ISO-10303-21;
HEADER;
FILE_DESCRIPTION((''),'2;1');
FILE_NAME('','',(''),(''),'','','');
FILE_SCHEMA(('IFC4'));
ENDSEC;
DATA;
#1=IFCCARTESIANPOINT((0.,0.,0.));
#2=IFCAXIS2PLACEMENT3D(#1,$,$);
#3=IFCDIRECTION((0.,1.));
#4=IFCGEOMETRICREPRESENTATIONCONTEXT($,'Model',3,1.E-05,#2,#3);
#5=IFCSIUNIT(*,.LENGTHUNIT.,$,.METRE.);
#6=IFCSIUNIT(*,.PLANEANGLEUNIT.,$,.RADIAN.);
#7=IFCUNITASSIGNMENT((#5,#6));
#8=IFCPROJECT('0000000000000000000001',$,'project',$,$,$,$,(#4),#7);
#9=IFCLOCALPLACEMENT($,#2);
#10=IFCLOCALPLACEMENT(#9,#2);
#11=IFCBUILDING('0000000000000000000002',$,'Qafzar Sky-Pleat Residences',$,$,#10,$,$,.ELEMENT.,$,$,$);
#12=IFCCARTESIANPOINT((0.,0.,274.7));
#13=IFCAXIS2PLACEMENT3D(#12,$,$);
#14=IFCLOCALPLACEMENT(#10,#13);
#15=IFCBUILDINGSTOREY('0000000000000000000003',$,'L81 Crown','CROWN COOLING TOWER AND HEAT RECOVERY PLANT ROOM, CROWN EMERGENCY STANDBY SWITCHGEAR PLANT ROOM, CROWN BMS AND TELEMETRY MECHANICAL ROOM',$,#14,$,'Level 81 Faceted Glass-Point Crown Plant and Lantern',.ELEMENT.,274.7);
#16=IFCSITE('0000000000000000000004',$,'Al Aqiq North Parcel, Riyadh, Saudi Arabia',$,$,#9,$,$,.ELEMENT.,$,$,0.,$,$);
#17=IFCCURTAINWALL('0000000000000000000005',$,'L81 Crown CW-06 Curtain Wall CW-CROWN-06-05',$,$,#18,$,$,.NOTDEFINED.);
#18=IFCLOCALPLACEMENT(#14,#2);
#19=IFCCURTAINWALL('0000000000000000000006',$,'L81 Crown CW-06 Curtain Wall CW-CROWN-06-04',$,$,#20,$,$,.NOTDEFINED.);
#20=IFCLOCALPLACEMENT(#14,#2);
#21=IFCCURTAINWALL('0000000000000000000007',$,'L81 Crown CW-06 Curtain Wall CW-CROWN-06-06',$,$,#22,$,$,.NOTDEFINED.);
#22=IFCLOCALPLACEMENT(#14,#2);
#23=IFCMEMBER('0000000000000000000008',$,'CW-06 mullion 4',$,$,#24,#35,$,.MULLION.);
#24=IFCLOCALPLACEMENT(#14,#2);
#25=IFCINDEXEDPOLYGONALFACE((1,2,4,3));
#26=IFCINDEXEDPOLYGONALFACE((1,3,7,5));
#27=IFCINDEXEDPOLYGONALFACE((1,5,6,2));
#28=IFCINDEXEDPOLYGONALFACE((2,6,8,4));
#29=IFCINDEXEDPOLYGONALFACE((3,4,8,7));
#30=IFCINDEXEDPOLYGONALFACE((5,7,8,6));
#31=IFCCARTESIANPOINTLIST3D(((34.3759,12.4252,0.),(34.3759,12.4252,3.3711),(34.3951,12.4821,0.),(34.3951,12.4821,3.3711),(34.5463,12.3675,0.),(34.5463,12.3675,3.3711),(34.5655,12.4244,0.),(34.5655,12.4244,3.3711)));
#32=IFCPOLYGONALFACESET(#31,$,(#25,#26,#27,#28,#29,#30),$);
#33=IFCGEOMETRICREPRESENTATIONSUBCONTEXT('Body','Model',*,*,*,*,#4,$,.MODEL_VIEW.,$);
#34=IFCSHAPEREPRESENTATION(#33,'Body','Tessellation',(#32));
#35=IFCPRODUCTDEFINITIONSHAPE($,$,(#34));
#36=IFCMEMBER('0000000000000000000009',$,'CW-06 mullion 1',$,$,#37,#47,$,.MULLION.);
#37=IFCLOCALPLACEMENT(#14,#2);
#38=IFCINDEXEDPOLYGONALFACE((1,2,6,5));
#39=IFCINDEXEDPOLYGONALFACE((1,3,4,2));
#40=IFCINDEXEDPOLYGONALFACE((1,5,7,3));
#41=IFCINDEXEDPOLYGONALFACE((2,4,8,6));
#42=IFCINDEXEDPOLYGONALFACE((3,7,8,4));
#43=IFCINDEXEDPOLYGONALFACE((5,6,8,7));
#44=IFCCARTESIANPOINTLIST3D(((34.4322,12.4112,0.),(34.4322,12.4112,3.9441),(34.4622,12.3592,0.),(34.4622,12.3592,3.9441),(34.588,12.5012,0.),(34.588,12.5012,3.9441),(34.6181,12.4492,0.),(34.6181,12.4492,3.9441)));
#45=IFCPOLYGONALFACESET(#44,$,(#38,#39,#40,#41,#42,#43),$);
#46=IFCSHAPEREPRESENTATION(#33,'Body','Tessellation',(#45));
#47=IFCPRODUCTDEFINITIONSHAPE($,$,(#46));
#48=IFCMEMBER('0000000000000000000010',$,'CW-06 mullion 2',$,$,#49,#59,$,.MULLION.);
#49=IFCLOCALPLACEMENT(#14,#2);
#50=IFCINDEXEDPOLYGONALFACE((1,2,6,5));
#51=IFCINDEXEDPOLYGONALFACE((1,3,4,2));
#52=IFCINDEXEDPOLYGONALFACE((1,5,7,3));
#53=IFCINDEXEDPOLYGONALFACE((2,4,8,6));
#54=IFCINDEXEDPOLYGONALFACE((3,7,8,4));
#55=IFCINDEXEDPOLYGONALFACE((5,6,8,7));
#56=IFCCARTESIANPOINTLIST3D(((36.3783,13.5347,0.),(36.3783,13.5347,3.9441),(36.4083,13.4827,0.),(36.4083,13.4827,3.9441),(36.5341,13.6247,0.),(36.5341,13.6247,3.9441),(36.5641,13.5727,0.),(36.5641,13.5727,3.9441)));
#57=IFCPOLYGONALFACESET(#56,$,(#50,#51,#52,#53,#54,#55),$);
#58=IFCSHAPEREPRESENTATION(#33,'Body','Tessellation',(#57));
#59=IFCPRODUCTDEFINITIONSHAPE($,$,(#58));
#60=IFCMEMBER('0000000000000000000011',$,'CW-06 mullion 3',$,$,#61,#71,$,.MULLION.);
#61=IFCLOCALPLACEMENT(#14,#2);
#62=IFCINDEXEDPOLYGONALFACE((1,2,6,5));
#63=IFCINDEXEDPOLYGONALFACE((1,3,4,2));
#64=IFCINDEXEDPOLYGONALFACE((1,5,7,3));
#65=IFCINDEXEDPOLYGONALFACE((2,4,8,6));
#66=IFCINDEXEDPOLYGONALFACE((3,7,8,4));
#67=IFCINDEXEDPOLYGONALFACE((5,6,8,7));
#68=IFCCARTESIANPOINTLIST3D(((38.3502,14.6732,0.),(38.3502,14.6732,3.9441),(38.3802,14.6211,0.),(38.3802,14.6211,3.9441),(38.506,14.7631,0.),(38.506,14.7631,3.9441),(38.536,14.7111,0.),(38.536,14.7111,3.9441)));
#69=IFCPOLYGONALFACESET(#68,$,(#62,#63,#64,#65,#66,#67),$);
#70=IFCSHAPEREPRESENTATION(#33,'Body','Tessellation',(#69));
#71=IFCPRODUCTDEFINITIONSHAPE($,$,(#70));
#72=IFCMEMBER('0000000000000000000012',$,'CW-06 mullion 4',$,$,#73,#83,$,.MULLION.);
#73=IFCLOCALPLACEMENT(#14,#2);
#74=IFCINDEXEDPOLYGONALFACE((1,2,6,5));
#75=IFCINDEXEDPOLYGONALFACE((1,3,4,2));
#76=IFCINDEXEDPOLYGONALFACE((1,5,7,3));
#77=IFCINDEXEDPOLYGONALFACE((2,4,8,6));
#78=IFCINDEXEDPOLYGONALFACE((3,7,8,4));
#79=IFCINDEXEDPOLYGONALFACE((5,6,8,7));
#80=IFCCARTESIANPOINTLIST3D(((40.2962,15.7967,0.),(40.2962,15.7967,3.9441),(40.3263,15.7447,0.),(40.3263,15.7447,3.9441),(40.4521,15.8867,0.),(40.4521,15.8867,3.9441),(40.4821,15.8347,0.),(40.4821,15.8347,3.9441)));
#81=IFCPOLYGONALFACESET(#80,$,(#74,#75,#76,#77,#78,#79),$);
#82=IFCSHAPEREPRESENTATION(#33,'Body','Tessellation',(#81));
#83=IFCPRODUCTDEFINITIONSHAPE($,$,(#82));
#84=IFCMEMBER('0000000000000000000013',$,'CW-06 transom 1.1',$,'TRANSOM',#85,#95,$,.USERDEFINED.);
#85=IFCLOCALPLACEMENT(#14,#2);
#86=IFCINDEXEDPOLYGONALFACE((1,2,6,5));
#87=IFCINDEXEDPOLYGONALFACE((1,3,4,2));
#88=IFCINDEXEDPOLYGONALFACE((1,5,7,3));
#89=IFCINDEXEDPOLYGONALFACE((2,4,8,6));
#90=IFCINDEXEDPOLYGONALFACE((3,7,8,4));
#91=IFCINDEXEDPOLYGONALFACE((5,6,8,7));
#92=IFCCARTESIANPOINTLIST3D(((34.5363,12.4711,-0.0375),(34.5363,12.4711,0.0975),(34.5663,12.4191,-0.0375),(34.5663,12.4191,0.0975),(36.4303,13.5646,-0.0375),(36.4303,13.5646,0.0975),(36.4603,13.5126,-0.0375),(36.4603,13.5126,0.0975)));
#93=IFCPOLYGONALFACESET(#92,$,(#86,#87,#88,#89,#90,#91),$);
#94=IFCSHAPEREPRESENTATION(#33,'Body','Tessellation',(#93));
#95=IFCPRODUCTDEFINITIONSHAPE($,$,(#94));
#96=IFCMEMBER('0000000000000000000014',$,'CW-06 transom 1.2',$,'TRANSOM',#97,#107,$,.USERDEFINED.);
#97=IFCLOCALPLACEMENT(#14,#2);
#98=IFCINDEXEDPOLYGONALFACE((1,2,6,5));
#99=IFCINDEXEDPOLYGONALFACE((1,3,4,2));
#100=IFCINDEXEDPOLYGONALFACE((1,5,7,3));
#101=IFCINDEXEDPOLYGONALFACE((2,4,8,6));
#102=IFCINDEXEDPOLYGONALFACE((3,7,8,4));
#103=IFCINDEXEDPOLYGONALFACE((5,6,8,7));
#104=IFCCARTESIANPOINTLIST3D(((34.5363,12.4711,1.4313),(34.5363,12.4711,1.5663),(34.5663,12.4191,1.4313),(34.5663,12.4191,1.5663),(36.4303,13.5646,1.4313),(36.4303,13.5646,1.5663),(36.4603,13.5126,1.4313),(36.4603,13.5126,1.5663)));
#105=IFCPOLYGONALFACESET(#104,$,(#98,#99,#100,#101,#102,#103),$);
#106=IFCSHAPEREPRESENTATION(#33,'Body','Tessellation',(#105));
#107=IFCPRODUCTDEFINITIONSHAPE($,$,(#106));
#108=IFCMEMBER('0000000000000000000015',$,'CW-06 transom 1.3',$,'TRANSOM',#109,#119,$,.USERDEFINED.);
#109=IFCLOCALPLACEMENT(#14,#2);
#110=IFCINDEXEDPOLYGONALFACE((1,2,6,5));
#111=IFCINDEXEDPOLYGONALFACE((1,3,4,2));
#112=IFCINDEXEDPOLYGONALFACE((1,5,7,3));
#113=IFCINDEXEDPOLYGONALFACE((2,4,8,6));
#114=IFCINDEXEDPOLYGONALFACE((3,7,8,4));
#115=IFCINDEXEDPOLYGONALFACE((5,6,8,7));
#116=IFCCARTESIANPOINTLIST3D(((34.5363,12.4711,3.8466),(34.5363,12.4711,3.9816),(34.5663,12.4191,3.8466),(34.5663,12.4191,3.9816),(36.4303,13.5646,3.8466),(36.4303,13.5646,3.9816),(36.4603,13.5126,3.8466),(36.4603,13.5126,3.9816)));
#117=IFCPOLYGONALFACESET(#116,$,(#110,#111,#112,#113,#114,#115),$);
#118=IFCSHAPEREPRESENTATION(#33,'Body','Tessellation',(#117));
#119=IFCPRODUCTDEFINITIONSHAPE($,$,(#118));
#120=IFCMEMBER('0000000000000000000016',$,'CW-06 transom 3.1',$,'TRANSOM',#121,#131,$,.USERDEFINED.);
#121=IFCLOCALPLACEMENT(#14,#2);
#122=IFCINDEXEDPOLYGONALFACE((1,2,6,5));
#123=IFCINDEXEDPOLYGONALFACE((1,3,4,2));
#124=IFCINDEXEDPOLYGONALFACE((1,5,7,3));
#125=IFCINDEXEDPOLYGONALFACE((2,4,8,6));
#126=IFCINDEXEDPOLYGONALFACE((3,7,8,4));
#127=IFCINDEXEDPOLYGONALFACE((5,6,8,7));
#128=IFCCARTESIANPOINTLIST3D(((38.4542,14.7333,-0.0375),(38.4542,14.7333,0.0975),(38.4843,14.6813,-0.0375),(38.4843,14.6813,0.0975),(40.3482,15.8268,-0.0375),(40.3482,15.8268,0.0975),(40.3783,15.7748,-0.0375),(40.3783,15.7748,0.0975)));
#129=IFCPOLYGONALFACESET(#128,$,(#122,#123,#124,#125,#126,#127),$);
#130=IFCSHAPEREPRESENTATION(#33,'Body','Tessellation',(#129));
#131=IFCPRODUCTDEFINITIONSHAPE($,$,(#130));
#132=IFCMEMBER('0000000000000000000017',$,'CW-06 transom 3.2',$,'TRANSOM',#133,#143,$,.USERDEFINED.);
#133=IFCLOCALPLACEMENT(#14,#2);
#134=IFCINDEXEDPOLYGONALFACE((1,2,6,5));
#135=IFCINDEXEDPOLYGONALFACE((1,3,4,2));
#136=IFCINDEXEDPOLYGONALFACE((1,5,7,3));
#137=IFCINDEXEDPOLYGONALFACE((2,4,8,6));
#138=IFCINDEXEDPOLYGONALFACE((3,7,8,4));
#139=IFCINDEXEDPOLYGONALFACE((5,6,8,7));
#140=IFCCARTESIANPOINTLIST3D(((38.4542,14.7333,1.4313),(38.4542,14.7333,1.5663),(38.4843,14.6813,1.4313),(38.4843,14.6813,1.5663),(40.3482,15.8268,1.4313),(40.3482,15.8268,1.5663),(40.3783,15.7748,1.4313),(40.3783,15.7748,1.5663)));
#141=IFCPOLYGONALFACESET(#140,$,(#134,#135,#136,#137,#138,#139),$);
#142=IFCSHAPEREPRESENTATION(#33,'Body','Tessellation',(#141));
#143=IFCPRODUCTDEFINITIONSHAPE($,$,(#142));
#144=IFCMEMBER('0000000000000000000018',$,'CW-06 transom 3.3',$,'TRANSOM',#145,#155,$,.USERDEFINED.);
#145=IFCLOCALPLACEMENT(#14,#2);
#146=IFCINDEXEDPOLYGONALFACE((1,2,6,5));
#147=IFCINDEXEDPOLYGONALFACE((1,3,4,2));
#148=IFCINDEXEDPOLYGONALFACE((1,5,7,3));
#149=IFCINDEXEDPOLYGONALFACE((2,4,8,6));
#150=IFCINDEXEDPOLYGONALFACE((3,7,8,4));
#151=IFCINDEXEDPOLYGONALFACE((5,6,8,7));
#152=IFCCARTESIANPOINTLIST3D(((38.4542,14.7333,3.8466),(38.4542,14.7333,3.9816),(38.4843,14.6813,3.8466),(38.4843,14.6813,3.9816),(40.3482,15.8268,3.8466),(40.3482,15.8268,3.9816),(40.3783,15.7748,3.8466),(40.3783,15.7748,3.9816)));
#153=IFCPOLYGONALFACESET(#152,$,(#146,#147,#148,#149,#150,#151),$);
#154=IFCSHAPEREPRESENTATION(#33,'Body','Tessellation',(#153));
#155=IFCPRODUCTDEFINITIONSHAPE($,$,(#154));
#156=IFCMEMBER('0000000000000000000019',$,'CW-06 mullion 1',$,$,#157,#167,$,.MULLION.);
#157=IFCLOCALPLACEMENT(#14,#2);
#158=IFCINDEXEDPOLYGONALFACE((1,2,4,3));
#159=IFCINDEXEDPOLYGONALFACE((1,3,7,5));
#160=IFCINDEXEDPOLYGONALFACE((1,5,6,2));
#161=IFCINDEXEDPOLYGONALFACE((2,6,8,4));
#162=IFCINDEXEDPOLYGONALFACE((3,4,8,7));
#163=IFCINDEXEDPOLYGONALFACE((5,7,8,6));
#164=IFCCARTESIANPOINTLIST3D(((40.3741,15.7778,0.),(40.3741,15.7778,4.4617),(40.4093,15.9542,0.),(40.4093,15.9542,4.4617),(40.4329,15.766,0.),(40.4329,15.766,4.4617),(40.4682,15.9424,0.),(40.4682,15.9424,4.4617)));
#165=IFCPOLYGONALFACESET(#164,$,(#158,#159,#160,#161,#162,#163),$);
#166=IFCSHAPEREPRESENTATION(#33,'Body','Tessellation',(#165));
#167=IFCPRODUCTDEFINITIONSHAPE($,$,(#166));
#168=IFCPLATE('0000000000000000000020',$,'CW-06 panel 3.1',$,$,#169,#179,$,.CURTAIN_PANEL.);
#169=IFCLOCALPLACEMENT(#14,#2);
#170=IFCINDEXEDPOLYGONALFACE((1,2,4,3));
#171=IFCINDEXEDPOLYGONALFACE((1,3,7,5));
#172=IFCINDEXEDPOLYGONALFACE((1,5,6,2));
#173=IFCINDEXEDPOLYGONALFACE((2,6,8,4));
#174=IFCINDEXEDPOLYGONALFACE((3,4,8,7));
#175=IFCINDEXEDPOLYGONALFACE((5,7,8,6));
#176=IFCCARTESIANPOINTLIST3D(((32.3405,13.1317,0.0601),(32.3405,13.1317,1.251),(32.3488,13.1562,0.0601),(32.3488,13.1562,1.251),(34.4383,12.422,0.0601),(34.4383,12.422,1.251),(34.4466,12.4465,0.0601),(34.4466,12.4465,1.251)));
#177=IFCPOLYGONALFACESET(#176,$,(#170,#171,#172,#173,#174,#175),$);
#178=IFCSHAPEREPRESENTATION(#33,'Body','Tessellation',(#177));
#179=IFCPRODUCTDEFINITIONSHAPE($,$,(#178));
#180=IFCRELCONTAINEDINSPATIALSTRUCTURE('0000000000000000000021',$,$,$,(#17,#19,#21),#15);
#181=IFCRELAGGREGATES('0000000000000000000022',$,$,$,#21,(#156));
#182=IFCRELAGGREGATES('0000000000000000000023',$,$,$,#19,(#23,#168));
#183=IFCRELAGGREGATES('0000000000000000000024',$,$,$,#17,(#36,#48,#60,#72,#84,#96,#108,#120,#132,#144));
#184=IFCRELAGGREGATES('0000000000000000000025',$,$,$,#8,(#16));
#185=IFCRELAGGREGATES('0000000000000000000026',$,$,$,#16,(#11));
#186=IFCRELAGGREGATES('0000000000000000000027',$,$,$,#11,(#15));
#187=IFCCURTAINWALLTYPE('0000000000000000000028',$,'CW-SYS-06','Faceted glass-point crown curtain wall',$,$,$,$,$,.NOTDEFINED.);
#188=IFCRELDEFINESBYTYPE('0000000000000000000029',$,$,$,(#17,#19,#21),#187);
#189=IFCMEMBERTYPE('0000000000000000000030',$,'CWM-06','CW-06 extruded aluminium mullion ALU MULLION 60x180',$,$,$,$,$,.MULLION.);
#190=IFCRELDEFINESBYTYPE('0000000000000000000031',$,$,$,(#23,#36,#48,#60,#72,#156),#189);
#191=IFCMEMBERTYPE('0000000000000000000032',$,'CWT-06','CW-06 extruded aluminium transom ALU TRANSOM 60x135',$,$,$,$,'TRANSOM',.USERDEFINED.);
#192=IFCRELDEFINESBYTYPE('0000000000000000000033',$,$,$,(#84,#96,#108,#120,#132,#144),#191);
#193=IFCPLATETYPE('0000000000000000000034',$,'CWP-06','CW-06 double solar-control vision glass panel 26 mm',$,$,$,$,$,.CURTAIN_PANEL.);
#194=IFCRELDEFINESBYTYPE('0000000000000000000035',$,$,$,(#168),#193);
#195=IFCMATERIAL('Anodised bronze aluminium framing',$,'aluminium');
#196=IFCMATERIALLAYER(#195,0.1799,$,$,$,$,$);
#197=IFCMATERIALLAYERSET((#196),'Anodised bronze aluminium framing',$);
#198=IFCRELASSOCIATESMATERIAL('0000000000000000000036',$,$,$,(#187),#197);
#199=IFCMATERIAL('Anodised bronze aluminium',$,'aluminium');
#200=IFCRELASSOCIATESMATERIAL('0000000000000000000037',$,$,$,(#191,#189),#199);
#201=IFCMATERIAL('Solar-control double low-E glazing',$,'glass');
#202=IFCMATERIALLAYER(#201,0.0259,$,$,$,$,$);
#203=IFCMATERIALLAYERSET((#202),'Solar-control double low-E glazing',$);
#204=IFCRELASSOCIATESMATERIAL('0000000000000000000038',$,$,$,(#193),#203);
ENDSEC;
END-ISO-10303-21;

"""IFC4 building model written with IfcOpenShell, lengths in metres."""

from ifc_helpers import new_model, si_unit, direction, frame, origin, origin_2d, place, context, subcontext, project, spatial, rectangle, extrude, source, transform, mapped, material, layer, layer_set, material_profile, profile_set, type_object, element, aggregate, save


model = new_model("IFC4")

# Units and contexts
model_context = context("Model", 3, precision=1e-05, world=origin(), true_north=direction((0.0, 1.0)))
body_context = subcontext(model_context, "Body", "Model", "MODEL_VIEW")
ifc_project = project(units=[si_unit("LENGTHUNIT", "METRE"), si_unit("PLANEANGLEUNIT", "RADIAN")], contexts=[model_context])

# Site, building, storey
site_placement = place(None, origin())
site = spatial("IfcSite", under=ifc_project, at=site_placement, Name="Al Aqiq North Parcel, Riyadh, Saudi Arabia", CompositionType="ELEMENT", RefElevation=0.0)
building_placement = place(site_placement, origin())
building = spatial("IfcBuilding", under=site, at=building_placement, Name="Qafzar Sky-Pleat Residences", CompositionType="ELEMENT")
storey_placement = place(building_placement, frame((0.0, 0.0, 274.7)))
storey = spatial("IfcBuildingStorey", under=building, at=storey_placement, Name="L81 Crown", Description="CROWN COOLING TOWER AND HEAT RECOVERY PLANT ROOM, CROWN EMERGENCY STANDBY SWITCHGEAR PLANT ROOM, CROWN BMS AND TELEMETRY MECHANICAL ROOM", LongName="Level 81 Faceted Glass-Point Crown Plant and Lantern", CompositionType="ELEMENT", Elevation=274.7)

# Curtain walls
ifc_material_1 = material(Name="Anodised bronze aluminium framing", Category="aluminium")
ifc_layer_1 = layer(ifc_material_1, 0.1799)
ifc_layer_set_1 = layer_set([ifc_layer_1], Name="Anodised bronze aluminium framing")
curtain_wall_type = type_object("IfcCurtainWallType", Name="CW-SYS-06", Description="Faceted glass-point crown curtain wall", PredefinedType="NOTDEFINED", material=ifc_layer_set_1)
curtain_wall_1_placement = place(storey_placement, origin())
curtain_wall_1 = element("IfcCurtainWall", 1, at=curtain_wall_1_placement, inside=storey, type_object=curtain_wall_type, Name="L81 Crown CW-06 Curtain Wall CW-CROWN-06-05", PredefinedType="NOTDEFINED")
ifc_material_2 = material(Name="Anodised bronze aluminium", Category="aluminium")
ifc_material_profile_1 = material_profile(ifc_material_2, rectangle(XDim=0.0601, YDim=0.135, at=origin_2d()), Name="ALU TRANSOM 60x135")
ifc_profile_set_1 = profile_set([ifc_material_profile_1], Name="Anodised bronze aluminium")
member_type_1 = type_object("IfcMemberType", Name="CWT-06", Description="CW-06 extruded aluminium transom ALU TRANSOM 60x135", ElementType="TRANSOM", PredefinedType="USERDEFINED", material=ifc_profile_set_1)
curtain_wall_2_placement = place(storey_placement, origin())
curtain_wall_2 = element("IfcCurtainWall", 2, at=curtain_wall_2_placement, inside=storey, type_object=curtain_wall_type, Name="L81 Crown CW-06 Curtain Wall CW-CROWN-06-04", PredefinedType="NOTDEFINED")
curtain_wall_3_placement = place(storey_placement, origin())
curtain_wall_3 = element("IfcCurtainWall", 3, at=curtain_wall_3_placement, inside=storey, type_object=curtain_wall_type, Name="L81 Crown CW-06 Curtain Wall CW-CROWN-06-06", PredefinedType="NOTDEFINED")

# Members
ifc_material_profile_2 = material_profile(ifc_material_2, rectangle(XDim=0.0601, YDim=0.1799, at=origin_2d()), Name="ALU MULLION 60x180")
ifc_profile_set_2 = profile_set([ifc_material_profile_2], Name="Anodised bronze aluminium")
member_type_2 = type_object("IfcMemberType", Name="CWM-06", Description="CW-06 extruded aluminium mullion ALU MULLION 60x180", PredefinedType="MULLION", material=ifc_profile_set_2)
shared_shape_1 = source(origin(), body_context, "Body", "SweptSolid", [
    extrude(rectangle(XDim=0.0601, YDim=0.1799, at=origin_2d()), origin(), (0.0, 0.0, 1.0), 3.3711),
])
member_1_placement = place(storey_placement, frame((34.4707, 12.4248, 0.0), z_axis=(0.0, 0.0, 1.0), x_axis=(0.32046, 0.947262, 0.0)))
member_1 = element("IfcMember", 4, at=member_1_placement, type_object=member_type_2, Name="CW-06 mullion 4", PredefinedType="MULLION", context=body_context, shape_type="MappedRepresentation", body=[
    mapped(shared_shape_1, transform((0.0, 0.0, 0.0), x_axis=(1.0, 0.0, 0.0), y_axis=(0.0, 1.0, 0.0), z_axis=(0.0, 0.0, 1.0), scale=1.0)),
])
shared_shape_2 = source(origin(), body_context, "Body", "SweptSolid", [
    extrude(rectangle(XDim=0.0601, YDim=0.1799, at=origin_2d()), origin(), (0.0, 0.0, 1.0), 3.9441),
])
member_2_placement = place(storey_placement, frame((34.5251, 12.4302, 0.0), z_axis=(0.0, 0.0, 1.0), x_axis=(-0.5, 0.866026, 0.0)))
member_2 = element("IfcMember", 5, at=member_2_placement, type_object=member_type_2, Name="CW-06 mullion 1", PredefinedType="MULLION", context=body_context, shape_type="MappedRepresentation", body=[
    mapped(shared_shape_2, transform((0.0, 0.0, 0.0), x_axis=(1.0, 0.0, 0.0), y_axis=(0.0, 1.0, 0.0), z_axis=(0.0, 0.0, 1.0), scale=1.0)),
])
member_3_placement = place(storey_placement, frame((36.4712, 13.5537, 0.0), z_axis=(0.0, 0.0, 1.0), x_axis=(-0.5, 0.866026, 0.0)))
member_3 = element("IfcMember", 6, at=member_3_placement, type_object=member_type_2, Name="CW-06 mullion 2", PredefinedType="MULLION", context=body_context, shape_type="MappedRepresentation", body=[
    mapped(shared_shape_2, transform((0.0, 0.0, 0.0), x_axis=(1.0, 0.0, 0.0), y_axis=(0.0, 1.0, 0.0), z_axis=(0.0, 0.0, 1.0), scale=1.0)),
])
member_4_placement = place(storey_placement, frame((38.4431, 14.6921, 0.0), z_axis=(0.0, 0.0, 1.0), x_axis=(-0.5, 0.866026, 0.0)))
member_4 = element("IfcMember", 7, at=member_4_placement, type_object=member_type_2, Name="CW-06 mullion 3", PredefinedType="MULLION", context=body_context, shape_type="MappedRepresentation", body=[
    mapped(shared_shape_2, transform((0.0, 0.0, 0.0), x_axis=(1.0, 0.0, 0.0), y_axis=(0.0, 1.0, 0.0), z_axis=(0.0, 0.0, 1.0), scale=1.0)),
])
member_5_placement = place(storey_placement, frame((40.3892, 15.8157, 0.0), z_axis=(0.0, 0.0, 1.0), x_axis=(-0.5, 0.866026, 0.0)))
member_5 = element("IfcMember", 8, at=member_5_placement, type_object=member_type_2, Name="CW-06 mullion 4", PredefinedType="MULLION", context=body_context, shape_type="MappedRepresentation", body=[
    mapped(shared_shape_2, transform((0.0, 0.0, 0.0), x_axis=(1.0, 0.0, 0.0), y_axis=(0.0, 1.0, 0.0), z_axis=(0.0, 0.0, 1.0), scale=1.0)),
])
shared_shape_3 = source(origin(), body_context, "Body", "SweptSolid", [
    extrude(rectangle(XDim=0.0601, YDim=0.135, at=origin_2d()), origin(), (0.0, 0.0, 1.0), 2.187),
])
member_6_placement = place(storey_placement, frame((34.5513, 12.4451, 0.03), z_axis=(0.866029, 0.499993, 0.0), x_axis=(-0.499993, 0.866029, 0.0)))
member_6 = element("IfcMember", 9, at=member_6_placement, type_object=member_type_1, Name="CW-06 transom 1.1", ObjectType="TRANSOM", PredefinedType="USERDEFINED", context=body_context, shape_type="MappedRepresentation", body=[
    mapped(shared_shape_3, transform((0.0, 0.0, 0.0), x_axis=(1.0, 0.0, 0.0), y_axis=(0.0, 1.0, 0.0), z_axis=(0.0, 0.0, 1.0), scale=1.0)),
])
member_7_placement = place(storey_placement, frame((34.5513, 12.4451, 1.4988), z_axis=(0.866029, 0.499993, 0.0), x_axis=(-0.499993, 0.866029, 0.0)))
member_7 = element("IfcMember", 10, at=member_7_placement, type_object=member_type_1, Name="CW-06 transom 1.2", ObjectType="TRANSOM", PredefinedType="USERDEFINED", context=body_context, shape_type="MappedRepresentation", body=[
    mapped(shared_shape_3, transform((0.0, 0.0, 0.0), x_axis=(1.0, 0.0, 0.0), y_axis=(0.0, 1.0, 0.0), z_axis=(0.0, 0.0, 1.0), scale=1.0)),
])
member_8_placement = place(storey_placement, frame((34.5513, 12.4451, 3.9141), z_axis=(0.866029, 0.499993, 0.0), x_axis=(-0.499993, 0.866029, 0.0)))
member_8 = element("IfcMember", 11, at=member_8_placement, type_object=member_type_1, Name="CW-06 transom 1.3", ObjectType="TRANSOM", PredefinedType="USERDEFINED", context=body_context, shape_type="MappedRepresentation", body=[
    mapped(shared_shape_3, transform((0.0, 0.0, 0.0), x_axis=(1.0, 0.0, 0.0), y_axis=(0.0, 1.0, 0.0), z_axis=(0.0, 0.0, 1.0), scale=1.0)),
])
member_9_placement = place(storey_placement, frame((38.4692, 14.7073, 0.03), z_axis=(0.866029, 0.499993, 0.0), x_axis=(-0.499993, 0.866029, 0.0)))
member_9 = element("IfcMember", 12, at=member_9_placement, type_object=member_type_1, Name="CW-06 transom 3.1", ObjectType="TRANSOM", PredefinedType="USERDEFINED", context=body_context, shape_type="MappedRepresentation", body=[
    mapped(shared_shape_3, transform((0.0, 0.0, 0.0), x_axis=(1.0, 0.0, 0.0), y_axis=(0.0, 1.0, 0.0), z_axis=(0.0, 0.0, 1.0), scale=1.0)),
])
member_10_placement = place(storey_placement, frame((38.4692, 14.7073, 1.4988), z_axis=(0.866029, 0.499993, 0.0), x_axis=(-0.499993, 0.866029, 0.0)))
member_10 = element("IfcMember", 13, at=member_10_placement, type_object=member_type_1, Name="CW-06 transom 3.2", ObjectType="TRANSOM", PredefinedType="USERDEFINED", context=body_context, shape_type="MappedRepresentation", body=[
    mapped(shared_shape_3, transform((0.0, 0.0, 0.0), x_axis=(1.0, 0.0, 0.0), y_axis=(0.0, 1.0, 0.0), z_axis=(0.0, 0.0, 1.0), scale=1.0)),
])
member_11_placement = place(storey_placement, frame((38.4692, 14.7073, 3.9141), z_axis=(0.866029, 0.499993, 0.0), x_axis=(-0.499993, 0.866029, 0.0)))
member_11 = element("IfcMember", 14, at=member_11_placement, type_object=member_type_1, Name="CW-06 transom 3.3", ObjectType="TRANSOM", PredefinedType="USERDEFINED", context=body_context, shape_type="MappedRepresentation", body=[
    mapped(shared_shape_3, transform((0.0, 0.0, 0.0), x_axis=(1.0, 0.0, 0.0), y_axis=(0.0, 1.0, 0.0), z_axis=(0.0, 0.0, 1.0), scale=1.0)),
])
shared_shape_4 = source(origin(), body_context, "Body", "SweptSolid", [
    extrude(rectangle(XDim=0.0601, YDim=0.1799, at=origin_2d()), origin(), (0.0, 0.0, 1.0), 4.4617),
])
member_12_placement = place(storey_placement, frame((40.4211, 15.8601, 0.0), z_axis=(0.0, 0.0, 1.0), x_axis=(-0.980581, 0.196116, 0.0)))
member_12 = element("IfcMember", 15, at=member_12_placement, type_object=member_type_2, Name="CW-06 mullion 1", PredefinedType="MULLION", context=body_context, shape_type="MappedRepresentation", body=[
    mapped(shared_shape_4, transform((0.0, 0.0, 0.0), x_axis=(1.0, 0.0, 0.0), y_axis=(0.0, 1.0, 0.0), z_axis=(0.0, 0.0, 1.0), scale=1.0)),
])
aggregate(curtain_wall_3, [member_12])

# Plate
ifc_material_3 = material(Name="Solar-control double low-E glazing", Category="glass")
ifc_layer_2 = layer(ifc_material_3, 0.0259)
ifc_layer_set_2 = layer_set([ifc_layer_2], Name="Solar-control double low-E glazing")
plate_type = type_object("IfcPlateType", Name="CWP-06", Description="CW-06 double solar-control vision glass panel 26 mm", PredefinedType="CURTAIN_PANEL", material=ifc_layer_set_2)
shared_shape_5 = source(origin(), body_context, "Body", "SweptSolid", [
    extrude(rectangle(XDim=2.2146, YDim=0.0259, at=origin_2d()), origin(), (0.0, 0.0, 1.0), 1.1909),
])
plate_1_placement = place(storey_placement, frame((33.3936, 12.7891, 0.0601), z_axis=(0.0, 0.0, 1.0), x_axis=(0.947262, -0.32046, 0.0)))
plate_1 = element("IfcPlate", 16, at=plate_1_placement, type_object=plate_type, Name="CW-06 panel 3.1", PredefinedType="CURTAIN_PANEL", context=body_context, shape_type="MappedRepresentation", body=[
    mapped(shared_shape_5, transform((0.0, 0.0, 0.0), x_axis=(1.0, 0.0, 0.0), y_axis=(0.0, 1.0, 0.0), z_axis=(0.0, 0.0, 1.0), scale=1.0)),
])
aggregate(curtain_wall_2, [member_1, plate_1])
aggregate(curtain_wall_1, [member_2, member_3, member_4, member_5, member_6, member_7, member_8, member_9, member_10, member_11])

save(model, "model.ifc")
